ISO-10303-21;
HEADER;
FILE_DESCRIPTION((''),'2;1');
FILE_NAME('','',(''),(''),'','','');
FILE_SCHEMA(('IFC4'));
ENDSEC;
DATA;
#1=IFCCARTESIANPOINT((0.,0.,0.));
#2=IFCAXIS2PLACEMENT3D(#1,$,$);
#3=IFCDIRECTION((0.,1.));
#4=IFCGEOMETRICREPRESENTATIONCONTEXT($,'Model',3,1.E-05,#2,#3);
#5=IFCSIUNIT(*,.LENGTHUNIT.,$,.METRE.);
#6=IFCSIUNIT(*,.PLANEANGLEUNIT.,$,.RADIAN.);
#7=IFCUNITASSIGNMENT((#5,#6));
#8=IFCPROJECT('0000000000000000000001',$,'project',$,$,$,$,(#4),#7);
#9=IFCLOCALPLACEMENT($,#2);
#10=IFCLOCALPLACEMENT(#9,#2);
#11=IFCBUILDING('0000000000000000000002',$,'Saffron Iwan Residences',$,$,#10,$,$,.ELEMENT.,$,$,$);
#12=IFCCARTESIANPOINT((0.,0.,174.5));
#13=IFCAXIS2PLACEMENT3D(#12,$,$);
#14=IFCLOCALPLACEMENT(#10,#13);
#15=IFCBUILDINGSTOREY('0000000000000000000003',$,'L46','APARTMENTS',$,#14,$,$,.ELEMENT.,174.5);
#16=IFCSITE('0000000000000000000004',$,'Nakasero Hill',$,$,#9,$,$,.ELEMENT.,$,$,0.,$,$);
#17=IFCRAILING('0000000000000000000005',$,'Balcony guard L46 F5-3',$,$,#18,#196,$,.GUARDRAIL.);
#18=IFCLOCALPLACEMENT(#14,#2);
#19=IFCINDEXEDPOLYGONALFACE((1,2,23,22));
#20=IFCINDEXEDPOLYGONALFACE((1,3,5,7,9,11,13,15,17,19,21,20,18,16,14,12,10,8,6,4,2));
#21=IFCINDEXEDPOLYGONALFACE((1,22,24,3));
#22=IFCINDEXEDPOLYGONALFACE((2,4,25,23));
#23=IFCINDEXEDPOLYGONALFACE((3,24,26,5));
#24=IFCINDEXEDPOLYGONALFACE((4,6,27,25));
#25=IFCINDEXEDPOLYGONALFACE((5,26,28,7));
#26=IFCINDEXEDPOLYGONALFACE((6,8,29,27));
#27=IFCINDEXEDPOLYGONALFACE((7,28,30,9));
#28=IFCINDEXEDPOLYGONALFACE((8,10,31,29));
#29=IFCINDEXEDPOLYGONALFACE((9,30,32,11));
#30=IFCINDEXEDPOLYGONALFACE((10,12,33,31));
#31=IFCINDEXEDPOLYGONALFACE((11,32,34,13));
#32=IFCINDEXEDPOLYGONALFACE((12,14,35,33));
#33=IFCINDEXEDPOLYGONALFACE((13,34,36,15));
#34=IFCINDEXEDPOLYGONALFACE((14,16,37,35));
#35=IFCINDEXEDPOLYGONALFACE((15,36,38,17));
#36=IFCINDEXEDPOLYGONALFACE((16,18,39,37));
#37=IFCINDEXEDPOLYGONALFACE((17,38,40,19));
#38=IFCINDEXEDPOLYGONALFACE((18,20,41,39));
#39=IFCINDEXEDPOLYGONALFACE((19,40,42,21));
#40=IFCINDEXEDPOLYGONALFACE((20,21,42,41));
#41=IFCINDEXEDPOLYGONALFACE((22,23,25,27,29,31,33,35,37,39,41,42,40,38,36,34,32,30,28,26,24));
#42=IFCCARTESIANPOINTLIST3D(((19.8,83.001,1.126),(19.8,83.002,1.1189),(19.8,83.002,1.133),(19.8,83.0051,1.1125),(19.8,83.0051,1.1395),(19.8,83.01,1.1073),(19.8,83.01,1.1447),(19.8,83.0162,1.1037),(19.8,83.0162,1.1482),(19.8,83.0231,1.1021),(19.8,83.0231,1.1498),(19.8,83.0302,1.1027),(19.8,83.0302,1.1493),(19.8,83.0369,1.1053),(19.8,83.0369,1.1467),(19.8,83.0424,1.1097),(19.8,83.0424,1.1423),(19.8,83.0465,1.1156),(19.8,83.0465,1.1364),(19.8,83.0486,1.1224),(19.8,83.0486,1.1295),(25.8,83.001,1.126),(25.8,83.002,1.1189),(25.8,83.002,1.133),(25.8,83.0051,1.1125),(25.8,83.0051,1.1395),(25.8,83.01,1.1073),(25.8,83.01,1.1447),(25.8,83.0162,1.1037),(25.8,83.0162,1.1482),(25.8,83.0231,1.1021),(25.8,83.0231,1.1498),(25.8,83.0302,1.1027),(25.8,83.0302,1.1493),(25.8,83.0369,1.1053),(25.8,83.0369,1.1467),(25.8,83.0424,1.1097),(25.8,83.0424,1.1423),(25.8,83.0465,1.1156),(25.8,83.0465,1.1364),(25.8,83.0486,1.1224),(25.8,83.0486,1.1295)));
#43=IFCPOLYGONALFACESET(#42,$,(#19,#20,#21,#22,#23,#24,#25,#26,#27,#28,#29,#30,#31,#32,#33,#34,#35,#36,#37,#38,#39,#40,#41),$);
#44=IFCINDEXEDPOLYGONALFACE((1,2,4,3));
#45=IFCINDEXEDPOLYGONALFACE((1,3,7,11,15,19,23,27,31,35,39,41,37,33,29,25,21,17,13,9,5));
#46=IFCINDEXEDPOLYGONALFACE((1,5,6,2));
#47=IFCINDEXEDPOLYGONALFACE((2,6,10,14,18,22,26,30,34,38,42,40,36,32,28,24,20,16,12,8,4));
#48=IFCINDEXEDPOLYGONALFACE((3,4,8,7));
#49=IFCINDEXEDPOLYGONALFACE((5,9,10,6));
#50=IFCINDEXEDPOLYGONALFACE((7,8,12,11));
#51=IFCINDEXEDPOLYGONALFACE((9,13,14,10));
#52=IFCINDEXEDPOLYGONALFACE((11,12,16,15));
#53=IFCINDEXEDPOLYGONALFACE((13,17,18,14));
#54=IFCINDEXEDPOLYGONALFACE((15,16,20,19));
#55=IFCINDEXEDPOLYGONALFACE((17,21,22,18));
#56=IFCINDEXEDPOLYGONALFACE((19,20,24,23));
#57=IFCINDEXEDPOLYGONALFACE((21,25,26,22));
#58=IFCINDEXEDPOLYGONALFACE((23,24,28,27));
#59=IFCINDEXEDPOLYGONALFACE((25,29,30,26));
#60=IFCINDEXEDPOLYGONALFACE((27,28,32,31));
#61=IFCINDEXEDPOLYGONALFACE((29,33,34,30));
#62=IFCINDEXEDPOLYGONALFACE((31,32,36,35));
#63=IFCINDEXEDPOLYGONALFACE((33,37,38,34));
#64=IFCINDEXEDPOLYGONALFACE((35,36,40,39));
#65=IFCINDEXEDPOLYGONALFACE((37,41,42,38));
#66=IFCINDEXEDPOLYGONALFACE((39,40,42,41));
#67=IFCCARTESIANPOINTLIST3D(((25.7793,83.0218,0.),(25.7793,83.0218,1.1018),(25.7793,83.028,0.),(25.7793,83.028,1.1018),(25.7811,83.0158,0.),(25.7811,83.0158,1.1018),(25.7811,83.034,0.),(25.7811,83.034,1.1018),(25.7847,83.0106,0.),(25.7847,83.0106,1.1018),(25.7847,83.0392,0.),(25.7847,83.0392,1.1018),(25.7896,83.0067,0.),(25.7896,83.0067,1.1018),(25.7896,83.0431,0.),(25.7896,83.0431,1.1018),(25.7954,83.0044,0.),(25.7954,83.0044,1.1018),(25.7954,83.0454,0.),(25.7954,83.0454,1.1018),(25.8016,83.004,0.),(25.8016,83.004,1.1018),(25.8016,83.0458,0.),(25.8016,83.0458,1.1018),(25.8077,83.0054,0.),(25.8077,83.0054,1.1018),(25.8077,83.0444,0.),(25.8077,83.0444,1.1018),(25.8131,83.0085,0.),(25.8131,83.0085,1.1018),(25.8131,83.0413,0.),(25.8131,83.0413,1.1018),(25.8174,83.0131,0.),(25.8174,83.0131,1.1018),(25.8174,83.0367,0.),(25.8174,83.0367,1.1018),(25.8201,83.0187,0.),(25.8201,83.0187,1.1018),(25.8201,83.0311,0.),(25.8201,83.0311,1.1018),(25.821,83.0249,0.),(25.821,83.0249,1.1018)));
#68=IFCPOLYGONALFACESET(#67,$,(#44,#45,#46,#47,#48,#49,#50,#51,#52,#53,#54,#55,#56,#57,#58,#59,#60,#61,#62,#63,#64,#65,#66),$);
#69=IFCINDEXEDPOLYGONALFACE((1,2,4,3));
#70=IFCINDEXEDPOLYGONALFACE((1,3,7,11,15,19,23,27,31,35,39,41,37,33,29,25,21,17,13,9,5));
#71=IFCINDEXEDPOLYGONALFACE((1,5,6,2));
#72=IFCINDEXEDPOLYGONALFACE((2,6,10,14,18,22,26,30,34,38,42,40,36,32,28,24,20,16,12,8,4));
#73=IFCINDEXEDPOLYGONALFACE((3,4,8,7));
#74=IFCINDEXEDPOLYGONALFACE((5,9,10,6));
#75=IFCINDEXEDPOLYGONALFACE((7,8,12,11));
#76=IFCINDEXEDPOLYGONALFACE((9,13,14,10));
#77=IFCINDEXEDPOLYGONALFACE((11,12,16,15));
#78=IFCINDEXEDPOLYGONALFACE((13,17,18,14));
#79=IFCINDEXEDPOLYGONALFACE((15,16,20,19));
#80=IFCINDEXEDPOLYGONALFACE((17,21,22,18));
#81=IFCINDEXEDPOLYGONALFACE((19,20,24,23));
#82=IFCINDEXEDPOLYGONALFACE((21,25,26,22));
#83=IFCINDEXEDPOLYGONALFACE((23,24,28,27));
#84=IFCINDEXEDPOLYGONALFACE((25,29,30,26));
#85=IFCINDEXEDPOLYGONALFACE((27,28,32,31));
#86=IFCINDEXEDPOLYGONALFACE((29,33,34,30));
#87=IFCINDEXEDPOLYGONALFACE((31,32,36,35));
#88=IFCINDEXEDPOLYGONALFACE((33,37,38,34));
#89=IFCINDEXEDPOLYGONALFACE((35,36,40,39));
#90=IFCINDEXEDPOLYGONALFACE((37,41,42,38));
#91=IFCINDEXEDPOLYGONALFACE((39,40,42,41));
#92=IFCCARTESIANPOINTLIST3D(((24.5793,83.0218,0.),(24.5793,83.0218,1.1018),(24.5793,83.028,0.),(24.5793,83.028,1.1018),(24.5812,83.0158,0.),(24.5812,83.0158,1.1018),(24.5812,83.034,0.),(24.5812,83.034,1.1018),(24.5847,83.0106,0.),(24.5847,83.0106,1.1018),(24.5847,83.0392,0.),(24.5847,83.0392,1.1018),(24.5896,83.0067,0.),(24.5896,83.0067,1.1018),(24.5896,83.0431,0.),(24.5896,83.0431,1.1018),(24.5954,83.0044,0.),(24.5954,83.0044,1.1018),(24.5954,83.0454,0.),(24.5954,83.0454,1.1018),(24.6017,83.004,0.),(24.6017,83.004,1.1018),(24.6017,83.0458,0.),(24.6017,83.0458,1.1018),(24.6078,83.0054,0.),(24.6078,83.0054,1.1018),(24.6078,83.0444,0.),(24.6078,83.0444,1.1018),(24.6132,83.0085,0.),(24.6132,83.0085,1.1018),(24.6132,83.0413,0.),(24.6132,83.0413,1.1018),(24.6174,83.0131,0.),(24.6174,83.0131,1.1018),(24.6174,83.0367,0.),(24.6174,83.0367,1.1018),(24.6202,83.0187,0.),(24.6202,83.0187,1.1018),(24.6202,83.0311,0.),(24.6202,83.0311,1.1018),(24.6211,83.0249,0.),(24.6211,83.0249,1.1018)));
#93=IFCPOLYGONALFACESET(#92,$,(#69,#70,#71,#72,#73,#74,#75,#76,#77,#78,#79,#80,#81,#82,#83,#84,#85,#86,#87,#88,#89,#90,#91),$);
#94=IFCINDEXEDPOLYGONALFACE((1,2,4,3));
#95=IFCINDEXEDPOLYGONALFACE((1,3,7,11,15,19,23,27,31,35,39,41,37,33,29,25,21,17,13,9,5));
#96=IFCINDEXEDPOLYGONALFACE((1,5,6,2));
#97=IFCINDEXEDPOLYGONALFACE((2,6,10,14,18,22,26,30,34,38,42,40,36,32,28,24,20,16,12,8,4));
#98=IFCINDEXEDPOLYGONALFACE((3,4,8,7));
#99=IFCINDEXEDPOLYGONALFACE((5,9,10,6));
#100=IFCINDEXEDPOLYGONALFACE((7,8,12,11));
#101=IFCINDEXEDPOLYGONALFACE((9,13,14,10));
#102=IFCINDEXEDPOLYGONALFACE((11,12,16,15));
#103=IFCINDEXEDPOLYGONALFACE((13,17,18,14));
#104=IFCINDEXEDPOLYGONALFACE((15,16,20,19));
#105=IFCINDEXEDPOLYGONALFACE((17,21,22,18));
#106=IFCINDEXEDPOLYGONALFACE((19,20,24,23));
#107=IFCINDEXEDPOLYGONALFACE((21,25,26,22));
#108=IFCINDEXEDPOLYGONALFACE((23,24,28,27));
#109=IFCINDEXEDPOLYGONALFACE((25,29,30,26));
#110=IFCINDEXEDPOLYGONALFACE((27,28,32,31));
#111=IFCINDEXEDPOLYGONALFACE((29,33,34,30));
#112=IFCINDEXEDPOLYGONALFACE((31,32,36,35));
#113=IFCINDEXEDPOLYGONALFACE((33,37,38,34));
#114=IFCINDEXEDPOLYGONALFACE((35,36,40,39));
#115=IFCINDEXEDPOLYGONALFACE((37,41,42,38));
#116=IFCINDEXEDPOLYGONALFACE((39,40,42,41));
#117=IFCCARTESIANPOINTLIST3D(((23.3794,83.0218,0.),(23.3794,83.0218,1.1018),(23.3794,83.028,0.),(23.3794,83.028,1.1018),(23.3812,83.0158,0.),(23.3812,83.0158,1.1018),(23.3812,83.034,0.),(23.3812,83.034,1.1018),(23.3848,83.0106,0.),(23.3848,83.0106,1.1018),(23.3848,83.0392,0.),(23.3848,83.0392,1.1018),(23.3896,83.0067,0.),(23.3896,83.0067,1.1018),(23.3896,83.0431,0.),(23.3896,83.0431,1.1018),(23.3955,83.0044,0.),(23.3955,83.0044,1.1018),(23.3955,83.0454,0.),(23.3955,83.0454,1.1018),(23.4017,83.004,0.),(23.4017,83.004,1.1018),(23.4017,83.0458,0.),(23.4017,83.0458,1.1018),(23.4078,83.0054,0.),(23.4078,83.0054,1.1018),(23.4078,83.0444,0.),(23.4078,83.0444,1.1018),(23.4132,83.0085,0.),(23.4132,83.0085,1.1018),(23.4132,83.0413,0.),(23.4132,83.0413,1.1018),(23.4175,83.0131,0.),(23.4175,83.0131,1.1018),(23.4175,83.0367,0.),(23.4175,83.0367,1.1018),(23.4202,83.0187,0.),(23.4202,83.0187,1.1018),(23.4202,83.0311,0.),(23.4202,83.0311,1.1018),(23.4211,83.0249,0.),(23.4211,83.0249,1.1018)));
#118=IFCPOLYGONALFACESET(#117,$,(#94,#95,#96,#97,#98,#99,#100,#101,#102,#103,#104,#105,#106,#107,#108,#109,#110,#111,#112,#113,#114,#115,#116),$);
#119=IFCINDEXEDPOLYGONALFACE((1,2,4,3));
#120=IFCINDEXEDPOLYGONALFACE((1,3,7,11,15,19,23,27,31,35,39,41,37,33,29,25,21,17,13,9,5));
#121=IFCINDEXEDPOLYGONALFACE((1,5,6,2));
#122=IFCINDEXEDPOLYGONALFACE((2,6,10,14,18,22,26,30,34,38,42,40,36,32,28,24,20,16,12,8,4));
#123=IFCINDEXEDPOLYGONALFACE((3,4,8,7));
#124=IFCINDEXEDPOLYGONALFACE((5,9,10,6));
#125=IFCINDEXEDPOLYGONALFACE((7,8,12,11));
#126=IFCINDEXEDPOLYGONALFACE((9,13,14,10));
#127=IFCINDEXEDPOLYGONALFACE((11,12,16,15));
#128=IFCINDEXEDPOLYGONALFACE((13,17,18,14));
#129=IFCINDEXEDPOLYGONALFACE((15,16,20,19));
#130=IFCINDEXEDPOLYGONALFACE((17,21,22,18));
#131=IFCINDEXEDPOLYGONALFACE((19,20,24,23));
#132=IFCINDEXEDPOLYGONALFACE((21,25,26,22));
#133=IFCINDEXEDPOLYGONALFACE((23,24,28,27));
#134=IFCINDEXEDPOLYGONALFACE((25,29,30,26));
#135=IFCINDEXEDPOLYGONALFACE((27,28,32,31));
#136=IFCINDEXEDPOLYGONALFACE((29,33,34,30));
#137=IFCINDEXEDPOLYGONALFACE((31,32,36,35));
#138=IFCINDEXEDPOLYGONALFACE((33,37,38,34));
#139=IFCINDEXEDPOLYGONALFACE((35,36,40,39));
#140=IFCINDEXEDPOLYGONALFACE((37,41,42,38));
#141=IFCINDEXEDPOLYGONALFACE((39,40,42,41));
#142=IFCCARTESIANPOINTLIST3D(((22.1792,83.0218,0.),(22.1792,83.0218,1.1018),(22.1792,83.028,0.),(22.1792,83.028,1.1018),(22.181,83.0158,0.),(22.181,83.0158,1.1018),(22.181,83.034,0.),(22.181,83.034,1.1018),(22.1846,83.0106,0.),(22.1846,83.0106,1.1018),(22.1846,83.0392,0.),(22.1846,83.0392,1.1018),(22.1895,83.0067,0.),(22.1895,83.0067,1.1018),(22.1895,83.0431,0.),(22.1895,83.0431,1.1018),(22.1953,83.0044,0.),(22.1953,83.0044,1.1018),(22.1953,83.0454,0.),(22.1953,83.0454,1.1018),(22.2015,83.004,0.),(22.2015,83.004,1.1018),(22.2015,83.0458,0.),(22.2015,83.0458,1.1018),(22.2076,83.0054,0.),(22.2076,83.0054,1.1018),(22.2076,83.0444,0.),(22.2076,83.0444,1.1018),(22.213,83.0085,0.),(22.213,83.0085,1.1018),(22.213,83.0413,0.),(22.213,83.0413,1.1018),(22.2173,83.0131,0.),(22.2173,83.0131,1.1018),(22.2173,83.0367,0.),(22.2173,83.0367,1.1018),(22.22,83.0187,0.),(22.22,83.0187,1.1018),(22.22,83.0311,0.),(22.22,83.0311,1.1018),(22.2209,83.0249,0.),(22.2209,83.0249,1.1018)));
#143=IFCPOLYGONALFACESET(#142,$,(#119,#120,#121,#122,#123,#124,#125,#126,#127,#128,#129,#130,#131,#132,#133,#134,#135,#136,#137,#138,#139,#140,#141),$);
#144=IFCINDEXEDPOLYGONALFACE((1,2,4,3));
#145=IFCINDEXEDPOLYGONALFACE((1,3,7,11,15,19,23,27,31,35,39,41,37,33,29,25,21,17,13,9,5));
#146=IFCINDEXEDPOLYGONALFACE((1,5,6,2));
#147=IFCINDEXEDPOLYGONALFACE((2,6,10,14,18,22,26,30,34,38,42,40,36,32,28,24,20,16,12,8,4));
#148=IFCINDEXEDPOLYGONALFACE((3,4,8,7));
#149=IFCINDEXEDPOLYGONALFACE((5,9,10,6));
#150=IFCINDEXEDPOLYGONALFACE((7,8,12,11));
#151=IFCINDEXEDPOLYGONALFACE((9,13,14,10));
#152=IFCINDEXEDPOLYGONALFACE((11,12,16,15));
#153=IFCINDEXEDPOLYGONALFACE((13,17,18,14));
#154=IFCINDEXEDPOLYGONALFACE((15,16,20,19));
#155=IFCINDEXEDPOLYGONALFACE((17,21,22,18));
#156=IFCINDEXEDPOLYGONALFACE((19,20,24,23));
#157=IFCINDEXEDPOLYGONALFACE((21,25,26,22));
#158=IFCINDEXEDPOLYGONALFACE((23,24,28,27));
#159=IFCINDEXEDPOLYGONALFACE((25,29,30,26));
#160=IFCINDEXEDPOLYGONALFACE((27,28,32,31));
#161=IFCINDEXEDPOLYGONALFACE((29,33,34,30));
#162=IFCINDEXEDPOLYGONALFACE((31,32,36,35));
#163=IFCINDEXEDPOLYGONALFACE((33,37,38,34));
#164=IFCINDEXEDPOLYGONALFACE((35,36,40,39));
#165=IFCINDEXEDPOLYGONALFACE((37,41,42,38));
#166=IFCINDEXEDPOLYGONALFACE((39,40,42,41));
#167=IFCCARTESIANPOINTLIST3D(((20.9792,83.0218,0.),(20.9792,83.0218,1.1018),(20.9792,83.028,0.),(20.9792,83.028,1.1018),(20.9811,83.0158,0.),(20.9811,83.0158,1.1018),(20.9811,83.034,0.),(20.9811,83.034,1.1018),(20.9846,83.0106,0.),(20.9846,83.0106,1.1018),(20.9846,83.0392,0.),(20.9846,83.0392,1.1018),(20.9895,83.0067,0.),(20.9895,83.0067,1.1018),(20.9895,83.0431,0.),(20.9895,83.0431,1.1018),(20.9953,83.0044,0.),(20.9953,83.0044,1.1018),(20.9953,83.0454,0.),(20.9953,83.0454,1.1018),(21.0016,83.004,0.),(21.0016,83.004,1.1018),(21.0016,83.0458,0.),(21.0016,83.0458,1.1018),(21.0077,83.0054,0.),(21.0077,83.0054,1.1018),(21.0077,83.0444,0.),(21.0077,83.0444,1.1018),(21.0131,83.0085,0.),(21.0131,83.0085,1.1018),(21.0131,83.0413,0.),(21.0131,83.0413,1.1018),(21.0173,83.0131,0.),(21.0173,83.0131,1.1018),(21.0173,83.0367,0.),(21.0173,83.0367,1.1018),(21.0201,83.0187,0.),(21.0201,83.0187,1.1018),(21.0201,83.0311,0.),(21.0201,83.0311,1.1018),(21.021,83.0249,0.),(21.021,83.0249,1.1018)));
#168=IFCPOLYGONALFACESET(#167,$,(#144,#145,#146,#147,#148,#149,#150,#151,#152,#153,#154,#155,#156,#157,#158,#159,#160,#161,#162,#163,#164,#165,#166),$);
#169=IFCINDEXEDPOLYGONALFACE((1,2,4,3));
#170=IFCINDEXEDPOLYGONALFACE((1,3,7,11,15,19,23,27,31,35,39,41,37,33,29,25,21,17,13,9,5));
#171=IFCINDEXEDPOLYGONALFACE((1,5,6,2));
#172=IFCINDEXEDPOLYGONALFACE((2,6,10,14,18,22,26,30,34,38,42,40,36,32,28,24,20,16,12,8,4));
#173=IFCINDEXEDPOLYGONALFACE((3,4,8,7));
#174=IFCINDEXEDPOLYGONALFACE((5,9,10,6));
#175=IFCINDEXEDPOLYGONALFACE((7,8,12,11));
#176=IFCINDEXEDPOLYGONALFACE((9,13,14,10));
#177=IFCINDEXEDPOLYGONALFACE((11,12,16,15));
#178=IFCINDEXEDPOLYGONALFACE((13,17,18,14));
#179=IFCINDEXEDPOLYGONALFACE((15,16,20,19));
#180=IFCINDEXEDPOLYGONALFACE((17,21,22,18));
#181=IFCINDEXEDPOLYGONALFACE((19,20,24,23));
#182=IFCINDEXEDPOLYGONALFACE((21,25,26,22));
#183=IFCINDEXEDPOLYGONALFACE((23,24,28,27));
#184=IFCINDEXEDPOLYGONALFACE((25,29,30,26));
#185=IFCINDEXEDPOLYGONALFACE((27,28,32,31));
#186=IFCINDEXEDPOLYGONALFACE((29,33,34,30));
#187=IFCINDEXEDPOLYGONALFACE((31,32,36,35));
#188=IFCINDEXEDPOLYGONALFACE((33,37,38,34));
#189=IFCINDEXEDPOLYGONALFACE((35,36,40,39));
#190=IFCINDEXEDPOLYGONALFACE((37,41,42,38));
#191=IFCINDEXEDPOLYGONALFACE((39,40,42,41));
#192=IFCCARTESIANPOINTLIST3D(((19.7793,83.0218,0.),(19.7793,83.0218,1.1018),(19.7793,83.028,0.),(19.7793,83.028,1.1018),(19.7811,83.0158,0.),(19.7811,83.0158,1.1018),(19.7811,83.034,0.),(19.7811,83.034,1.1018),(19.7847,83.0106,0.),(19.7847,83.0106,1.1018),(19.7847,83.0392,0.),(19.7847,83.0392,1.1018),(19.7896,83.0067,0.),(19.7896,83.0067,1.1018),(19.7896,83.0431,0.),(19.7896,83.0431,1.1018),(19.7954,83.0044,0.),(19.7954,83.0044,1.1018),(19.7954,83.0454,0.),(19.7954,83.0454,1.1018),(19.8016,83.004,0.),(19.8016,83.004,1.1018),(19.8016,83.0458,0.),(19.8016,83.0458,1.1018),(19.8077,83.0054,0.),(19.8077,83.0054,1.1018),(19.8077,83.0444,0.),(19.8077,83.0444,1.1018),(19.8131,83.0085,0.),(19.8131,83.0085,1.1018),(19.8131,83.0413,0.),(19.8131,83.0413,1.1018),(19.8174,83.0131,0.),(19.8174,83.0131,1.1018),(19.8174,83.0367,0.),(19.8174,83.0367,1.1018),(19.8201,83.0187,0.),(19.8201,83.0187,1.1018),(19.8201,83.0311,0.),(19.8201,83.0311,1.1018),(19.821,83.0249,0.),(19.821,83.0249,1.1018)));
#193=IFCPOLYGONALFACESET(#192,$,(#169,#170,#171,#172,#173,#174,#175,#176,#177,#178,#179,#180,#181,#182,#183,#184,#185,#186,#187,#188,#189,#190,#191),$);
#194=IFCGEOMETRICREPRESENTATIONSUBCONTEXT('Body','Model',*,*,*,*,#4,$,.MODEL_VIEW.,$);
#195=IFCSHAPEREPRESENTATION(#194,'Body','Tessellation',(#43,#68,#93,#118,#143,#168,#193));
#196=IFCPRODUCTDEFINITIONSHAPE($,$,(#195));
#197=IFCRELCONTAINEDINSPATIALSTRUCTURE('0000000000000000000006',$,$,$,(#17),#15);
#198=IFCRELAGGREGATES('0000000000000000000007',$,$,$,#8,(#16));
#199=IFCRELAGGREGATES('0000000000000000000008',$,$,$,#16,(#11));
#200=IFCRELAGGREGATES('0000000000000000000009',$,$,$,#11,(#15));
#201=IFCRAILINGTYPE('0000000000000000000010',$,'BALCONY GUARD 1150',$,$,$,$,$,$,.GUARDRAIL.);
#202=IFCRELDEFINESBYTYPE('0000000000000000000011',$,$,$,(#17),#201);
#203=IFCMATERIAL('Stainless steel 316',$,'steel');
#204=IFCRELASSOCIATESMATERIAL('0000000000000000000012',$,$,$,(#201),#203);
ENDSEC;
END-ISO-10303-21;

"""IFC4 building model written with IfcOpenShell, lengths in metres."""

from ifc_helpers import new_model, si_unit, direction, frame, origin, origin_2d, place, context, subcontext, project, spatial, circle, extrude, material, type_object, element, save


model = new_model("IFC4")

# Units and contexts
model_context = context("Model", 3, precision=1e-05, world=origin(), true_north=direction((0.0, 1.0)))
body_context = subcontext(model_context, "Body", "Model", "MODEL_VIEW")
ifc_project = project(units=[si_unit("LENGTHUNIT", "METRE"), si_unit("PLANEANGLEUNIT", "RADIAN")], contexts=[model_context])

# Site, building, storey
site_placement = place(None, origin())
site = spatial("IfcSite", under=ifc_project, at=site_placement, Name="Nakasero Hill", CompositionType="ELEMENT", RefElevation=0.0)
building_placement = place(site_placement, origin())
building = spatial("IfcBuilding", under=site, at=building_placement, Name="Saffron Iwan Residences", CompositionType="ELEMENT")
storey_placement = place(building_placement, frame((0.0, 0.0, 174.5)))
storey = spatial("IfcBuildingStorey", under=building, at=storey_placement, Name="L46", Description="APARTMENTS", CompositionType="ELEMENT", Elevation=174.5)

# Railing
ifc_material_1 = material(Name="Stainless steel 316", Category="steel")
railing_type_1 = type_object("IfcRailingType", Name="BALCONY GUARD 1150", PredefinedType="GUARDRAIL", material=ifc_material_1)
railing_1_placement = place(storey_placement, frame((25.8, 83.0249, 0.0)))
element("IfcRailing", 1, at=railing_1_placement, inside=storey, type_object=railing_type_1, Name="Balcony guard L46 F5-3", PredefinedType="GUARDRAIL", context=body_context, shape_type="SweptSolid", body=[
    extrude(circle(Radius=0.0239, at=origin_2d()), frame((0.0, 0.0, 1.126), z_axis=(-1.0, 0.0, 0.0), x_axis=(0.0, -1.0, 0.0)), (0.0, 0.0, 1.0), 6.0),
    extrude(circle(Radius=0.021, at=origin_2d()), origin(), (0.0, 0.0, 1.0), 1.1018),
    extrude(circle(Radius=0.021, at=origin_2d()), frame((-1.2, 0.0, 0.0)), (0.0, 0.0, 1.0), 1.1018),
    extrude(circle(Radius=0.021, at=origin_2d()), frame((-2.3999, 0.0, 0.0)), (0.0, 0.0, 1.0), 1.1018),
    extrude(circle(Radius=0.021, at=origin_2d()), frame((-3.6001, 0.0, 0.0)), (0.0, 0.0, 1.0), 1.1018),
    extrude(circle(Radius=0.021, at=origin_2d()), frame((-4.8, 0.0, 0.0)), (0.0, 0.0, 1.0), 1.1018),
    extrude(circle(Radius=0.021, at=origin_2d()), frame((-6.0, 0.0, 0.0)), (0.0, 0.0, 1.0), 1.1018),
])

save(model, "model.ifc")
